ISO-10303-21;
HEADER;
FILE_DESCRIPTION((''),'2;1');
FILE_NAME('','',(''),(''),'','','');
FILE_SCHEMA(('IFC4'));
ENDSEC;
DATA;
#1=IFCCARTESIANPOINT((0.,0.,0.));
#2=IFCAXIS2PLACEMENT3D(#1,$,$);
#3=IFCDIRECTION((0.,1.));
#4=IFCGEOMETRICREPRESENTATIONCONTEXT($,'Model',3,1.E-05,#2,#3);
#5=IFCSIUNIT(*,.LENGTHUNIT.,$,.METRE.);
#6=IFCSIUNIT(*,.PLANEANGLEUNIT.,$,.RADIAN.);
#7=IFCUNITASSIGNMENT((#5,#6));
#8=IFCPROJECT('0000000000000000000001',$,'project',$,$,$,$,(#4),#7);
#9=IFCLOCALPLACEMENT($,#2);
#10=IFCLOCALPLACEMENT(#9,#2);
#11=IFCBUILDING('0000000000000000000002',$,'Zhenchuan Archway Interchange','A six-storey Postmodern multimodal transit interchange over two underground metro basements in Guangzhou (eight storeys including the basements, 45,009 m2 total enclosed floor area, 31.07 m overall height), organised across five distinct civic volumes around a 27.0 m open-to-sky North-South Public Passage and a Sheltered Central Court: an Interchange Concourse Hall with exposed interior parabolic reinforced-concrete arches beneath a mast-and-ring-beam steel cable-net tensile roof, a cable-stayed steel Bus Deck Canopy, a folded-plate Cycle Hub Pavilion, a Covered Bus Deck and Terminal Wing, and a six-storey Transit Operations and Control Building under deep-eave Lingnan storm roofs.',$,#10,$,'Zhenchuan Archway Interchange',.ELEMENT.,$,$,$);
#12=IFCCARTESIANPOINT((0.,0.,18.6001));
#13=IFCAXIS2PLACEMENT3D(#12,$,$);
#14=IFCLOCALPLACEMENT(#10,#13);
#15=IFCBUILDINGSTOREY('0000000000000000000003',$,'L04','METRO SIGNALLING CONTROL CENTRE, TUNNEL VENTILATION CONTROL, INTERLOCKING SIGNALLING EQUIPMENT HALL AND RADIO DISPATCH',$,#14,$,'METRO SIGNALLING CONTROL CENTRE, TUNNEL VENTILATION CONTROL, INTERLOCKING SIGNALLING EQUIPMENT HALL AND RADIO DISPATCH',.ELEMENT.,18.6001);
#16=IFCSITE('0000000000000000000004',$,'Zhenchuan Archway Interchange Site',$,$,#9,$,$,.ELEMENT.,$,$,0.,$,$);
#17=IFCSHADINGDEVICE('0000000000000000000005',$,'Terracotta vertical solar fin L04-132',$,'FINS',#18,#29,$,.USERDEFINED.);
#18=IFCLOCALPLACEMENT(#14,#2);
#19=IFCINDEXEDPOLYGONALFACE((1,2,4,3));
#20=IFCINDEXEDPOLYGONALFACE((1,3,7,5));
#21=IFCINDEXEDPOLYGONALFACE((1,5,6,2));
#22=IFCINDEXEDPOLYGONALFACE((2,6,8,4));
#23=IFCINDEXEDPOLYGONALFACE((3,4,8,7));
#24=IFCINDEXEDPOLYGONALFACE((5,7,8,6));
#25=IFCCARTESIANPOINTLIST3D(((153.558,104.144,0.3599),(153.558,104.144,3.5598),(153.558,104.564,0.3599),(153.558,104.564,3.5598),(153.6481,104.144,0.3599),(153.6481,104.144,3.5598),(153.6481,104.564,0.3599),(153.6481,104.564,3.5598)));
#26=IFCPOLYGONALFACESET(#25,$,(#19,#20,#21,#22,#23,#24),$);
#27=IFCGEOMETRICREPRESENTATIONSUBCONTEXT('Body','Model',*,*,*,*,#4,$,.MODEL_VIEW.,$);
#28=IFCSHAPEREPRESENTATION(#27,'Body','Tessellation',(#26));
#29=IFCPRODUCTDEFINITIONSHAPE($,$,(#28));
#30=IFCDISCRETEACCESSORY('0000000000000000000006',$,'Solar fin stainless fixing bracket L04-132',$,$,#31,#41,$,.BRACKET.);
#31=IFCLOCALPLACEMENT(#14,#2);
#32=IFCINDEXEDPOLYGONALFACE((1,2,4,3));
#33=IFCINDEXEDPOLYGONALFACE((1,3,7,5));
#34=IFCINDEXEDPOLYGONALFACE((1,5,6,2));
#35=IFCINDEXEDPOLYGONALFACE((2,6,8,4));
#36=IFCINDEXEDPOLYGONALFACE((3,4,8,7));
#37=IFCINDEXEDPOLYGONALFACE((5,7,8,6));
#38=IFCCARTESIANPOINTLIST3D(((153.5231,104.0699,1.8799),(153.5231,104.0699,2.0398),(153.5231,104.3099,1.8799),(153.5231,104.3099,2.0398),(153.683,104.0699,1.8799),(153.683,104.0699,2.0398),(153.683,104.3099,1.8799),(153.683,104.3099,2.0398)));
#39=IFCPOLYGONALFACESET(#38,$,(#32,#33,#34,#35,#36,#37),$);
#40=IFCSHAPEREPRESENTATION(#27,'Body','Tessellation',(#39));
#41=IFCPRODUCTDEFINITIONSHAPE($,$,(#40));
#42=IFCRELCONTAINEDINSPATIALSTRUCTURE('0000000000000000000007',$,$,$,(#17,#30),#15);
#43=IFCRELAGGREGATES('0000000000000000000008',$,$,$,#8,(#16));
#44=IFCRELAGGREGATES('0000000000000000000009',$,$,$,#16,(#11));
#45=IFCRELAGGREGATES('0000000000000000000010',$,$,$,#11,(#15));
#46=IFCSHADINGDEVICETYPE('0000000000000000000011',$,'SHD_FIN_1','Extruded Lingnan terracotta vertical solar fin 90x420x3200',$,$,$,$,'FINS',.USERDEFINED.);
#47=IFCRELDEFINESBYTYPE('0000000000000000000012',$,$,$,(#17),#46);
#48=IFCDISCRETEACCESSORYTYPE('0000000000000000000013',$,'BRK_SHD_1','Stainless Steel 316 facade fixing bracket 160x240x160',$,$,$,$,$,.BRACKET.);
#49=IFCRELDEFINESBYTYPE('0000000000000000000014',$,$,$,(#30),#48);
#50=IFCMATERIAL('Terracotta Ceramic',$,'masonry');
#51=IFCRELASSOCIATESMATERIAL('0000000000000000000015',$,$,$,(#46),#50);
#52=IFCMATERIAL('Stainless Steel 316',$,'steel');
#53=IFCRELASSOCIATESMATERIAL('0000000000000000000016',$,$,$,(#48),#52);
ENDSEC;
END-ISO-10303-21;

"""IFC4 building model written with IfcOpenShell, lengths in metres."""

from ifc_helpers import new_model, si_unit, direction, frame, origin, origin_2d, place, context, subcontext, project, spatial, rectangle, extrude, material, type_object, element, save


model = new_model("IFC4")

# Units and contexts
model_context = context("Model", 3, precision=1e-05, world=origin(), true_north=direction((0.0, 1.0)))
body_context = subcontext(model_context, "Body", "Model", "MODEL_VIEW")
ifc_project = project(units=[si_unit("LENGTHUNIT", "METRE"), si_unit("PLANEANGLEUNIT", "RADIAN")], contexts=[model_context])

# Site, building, storey
site_placement = place(None, origin())
site = spatial("IfcSite", under=ifc_project, at=site_placement, Name="Zhenchuan Archway Interchange Site", CompositionType="ELEMENT", RefElevation=0.0)
building_placement = place(site_placement, origin())
building = spatial("IfcBuilding", under=site, at=building_placement, Name="Zhenchuan Archway Interchange", Description="A six-storey Postmodern multimodal transit interchange over two underground metro basements in Guangzhou (eight storeys including the basements, 45,009 m2 total enclosed floor area, 31.07 m overall height), organised across five distinct civic volumes around a 27.0 m open-to-sky North-South Public Passage and a Sheltered Central Court: an Interchange Concourse Hall with exposed interior parabolic reinforced-concrete arches beneath a mast-and-ring-beam steel cable-net tensile roof, a cable-stayed steel Bus Deck Canopy, a folded-plate Cycle Hub Pavilion, a Covered Bus Deck and Terminal Wing, and a six-storey Transit Operations and Control Building under deep-eave Lingnan storm roofs.", LongName="Zhenchuan Archway Interchange", CompositionType="ELEMENT")
storey_placement = place(building_placement, frame((0.0, 0.0, 18.6001)))
storey = spatial("IfcBuildingStorey", under=building, at=storey_placement, Name="L04", Description="METRO SIGNALLING CONTROL CENTRE, TUNNEL VENTILATION CONTROL, INTERLOCKING SIGNALLING EQUIPMENT HALL AND RADIO DISPATCH", LongName="METRO SIGNALLING CONTROL CENTRE, TUNNEL VENTILATION CONTROL, INTERLOCKING SIGNALLING EQUIPMENT HALL AND RADIO DISPATCH", CompositionType="ELEMENT", Elevation=18.6001)

# Shading device
ifc_material_1 = material(Name="Terracotta Ceramic", Category="masonry")
shading_device_type = type_object("IfcShadingDeviceType", Name="SHD_FIN_1", Description="Extruded Lingnan terracotta vertical solar fin 90x420x3200", ElementType="FINS", PredefinedType="USERDEFINED", material=ifc_material_1)
shading_device_placement = place(storey_placement, frame((153.603, 104.354, 0.3599), z_axis=(0.0, 0.0, 1.0), x_axis=(1.0, 0.0, 0.0)))
element("IfcShadingDevice", 1, at=shading_device_placement, inside=storey, type_object=shading_device_type, Name="Terracotta vertical solar fin L04-132", ObjectType="FINS", PredefinedType="USERDEFINED", context=body_context, shape_type="SweptSolid", body=[
    extrude(rectangle(XDim=0.0901, YDim=0.4199, at=origin_2d()), origin(), (0.0, 0.0, 1.0), 3.2),
])

# Discrete accessory
ifc_material_2 = material(Name="Stainless Steel 316", Category="steel")
discrete_accessory_type = type_object("IfcDiscreteAccessoryType", Name="BRK_SHD_1", Description="Stainless Steel 316 facade fixing bracket 160x240x160", PredefinedType="BRACKET", material=ifc_material_2)
discrete_accessory_placement = place(storey_placement, frame((153.603, 104.1899, 1.8799), z_axis=(0.0, 0.0, 1.0), x_axis=(1.0, 0.0, 0.0)))
element("IfcDiscreteAccessory", 2, at=discrete_accessory_placement, inside=storey, type_object=discrete_accessory_type, Name="Solar fin stainless fixing bracket L04-132", PredefinedType="BRACKET", context=body_context, shape_type="SweptSolid", body=[
    extrude(rectangle(XDim=0.1599, YDim=0.24, at=origin_2d()), origin(), (0.0, 0.0, 1.0), 0.1599),
])

save(model, "model.ifc")
